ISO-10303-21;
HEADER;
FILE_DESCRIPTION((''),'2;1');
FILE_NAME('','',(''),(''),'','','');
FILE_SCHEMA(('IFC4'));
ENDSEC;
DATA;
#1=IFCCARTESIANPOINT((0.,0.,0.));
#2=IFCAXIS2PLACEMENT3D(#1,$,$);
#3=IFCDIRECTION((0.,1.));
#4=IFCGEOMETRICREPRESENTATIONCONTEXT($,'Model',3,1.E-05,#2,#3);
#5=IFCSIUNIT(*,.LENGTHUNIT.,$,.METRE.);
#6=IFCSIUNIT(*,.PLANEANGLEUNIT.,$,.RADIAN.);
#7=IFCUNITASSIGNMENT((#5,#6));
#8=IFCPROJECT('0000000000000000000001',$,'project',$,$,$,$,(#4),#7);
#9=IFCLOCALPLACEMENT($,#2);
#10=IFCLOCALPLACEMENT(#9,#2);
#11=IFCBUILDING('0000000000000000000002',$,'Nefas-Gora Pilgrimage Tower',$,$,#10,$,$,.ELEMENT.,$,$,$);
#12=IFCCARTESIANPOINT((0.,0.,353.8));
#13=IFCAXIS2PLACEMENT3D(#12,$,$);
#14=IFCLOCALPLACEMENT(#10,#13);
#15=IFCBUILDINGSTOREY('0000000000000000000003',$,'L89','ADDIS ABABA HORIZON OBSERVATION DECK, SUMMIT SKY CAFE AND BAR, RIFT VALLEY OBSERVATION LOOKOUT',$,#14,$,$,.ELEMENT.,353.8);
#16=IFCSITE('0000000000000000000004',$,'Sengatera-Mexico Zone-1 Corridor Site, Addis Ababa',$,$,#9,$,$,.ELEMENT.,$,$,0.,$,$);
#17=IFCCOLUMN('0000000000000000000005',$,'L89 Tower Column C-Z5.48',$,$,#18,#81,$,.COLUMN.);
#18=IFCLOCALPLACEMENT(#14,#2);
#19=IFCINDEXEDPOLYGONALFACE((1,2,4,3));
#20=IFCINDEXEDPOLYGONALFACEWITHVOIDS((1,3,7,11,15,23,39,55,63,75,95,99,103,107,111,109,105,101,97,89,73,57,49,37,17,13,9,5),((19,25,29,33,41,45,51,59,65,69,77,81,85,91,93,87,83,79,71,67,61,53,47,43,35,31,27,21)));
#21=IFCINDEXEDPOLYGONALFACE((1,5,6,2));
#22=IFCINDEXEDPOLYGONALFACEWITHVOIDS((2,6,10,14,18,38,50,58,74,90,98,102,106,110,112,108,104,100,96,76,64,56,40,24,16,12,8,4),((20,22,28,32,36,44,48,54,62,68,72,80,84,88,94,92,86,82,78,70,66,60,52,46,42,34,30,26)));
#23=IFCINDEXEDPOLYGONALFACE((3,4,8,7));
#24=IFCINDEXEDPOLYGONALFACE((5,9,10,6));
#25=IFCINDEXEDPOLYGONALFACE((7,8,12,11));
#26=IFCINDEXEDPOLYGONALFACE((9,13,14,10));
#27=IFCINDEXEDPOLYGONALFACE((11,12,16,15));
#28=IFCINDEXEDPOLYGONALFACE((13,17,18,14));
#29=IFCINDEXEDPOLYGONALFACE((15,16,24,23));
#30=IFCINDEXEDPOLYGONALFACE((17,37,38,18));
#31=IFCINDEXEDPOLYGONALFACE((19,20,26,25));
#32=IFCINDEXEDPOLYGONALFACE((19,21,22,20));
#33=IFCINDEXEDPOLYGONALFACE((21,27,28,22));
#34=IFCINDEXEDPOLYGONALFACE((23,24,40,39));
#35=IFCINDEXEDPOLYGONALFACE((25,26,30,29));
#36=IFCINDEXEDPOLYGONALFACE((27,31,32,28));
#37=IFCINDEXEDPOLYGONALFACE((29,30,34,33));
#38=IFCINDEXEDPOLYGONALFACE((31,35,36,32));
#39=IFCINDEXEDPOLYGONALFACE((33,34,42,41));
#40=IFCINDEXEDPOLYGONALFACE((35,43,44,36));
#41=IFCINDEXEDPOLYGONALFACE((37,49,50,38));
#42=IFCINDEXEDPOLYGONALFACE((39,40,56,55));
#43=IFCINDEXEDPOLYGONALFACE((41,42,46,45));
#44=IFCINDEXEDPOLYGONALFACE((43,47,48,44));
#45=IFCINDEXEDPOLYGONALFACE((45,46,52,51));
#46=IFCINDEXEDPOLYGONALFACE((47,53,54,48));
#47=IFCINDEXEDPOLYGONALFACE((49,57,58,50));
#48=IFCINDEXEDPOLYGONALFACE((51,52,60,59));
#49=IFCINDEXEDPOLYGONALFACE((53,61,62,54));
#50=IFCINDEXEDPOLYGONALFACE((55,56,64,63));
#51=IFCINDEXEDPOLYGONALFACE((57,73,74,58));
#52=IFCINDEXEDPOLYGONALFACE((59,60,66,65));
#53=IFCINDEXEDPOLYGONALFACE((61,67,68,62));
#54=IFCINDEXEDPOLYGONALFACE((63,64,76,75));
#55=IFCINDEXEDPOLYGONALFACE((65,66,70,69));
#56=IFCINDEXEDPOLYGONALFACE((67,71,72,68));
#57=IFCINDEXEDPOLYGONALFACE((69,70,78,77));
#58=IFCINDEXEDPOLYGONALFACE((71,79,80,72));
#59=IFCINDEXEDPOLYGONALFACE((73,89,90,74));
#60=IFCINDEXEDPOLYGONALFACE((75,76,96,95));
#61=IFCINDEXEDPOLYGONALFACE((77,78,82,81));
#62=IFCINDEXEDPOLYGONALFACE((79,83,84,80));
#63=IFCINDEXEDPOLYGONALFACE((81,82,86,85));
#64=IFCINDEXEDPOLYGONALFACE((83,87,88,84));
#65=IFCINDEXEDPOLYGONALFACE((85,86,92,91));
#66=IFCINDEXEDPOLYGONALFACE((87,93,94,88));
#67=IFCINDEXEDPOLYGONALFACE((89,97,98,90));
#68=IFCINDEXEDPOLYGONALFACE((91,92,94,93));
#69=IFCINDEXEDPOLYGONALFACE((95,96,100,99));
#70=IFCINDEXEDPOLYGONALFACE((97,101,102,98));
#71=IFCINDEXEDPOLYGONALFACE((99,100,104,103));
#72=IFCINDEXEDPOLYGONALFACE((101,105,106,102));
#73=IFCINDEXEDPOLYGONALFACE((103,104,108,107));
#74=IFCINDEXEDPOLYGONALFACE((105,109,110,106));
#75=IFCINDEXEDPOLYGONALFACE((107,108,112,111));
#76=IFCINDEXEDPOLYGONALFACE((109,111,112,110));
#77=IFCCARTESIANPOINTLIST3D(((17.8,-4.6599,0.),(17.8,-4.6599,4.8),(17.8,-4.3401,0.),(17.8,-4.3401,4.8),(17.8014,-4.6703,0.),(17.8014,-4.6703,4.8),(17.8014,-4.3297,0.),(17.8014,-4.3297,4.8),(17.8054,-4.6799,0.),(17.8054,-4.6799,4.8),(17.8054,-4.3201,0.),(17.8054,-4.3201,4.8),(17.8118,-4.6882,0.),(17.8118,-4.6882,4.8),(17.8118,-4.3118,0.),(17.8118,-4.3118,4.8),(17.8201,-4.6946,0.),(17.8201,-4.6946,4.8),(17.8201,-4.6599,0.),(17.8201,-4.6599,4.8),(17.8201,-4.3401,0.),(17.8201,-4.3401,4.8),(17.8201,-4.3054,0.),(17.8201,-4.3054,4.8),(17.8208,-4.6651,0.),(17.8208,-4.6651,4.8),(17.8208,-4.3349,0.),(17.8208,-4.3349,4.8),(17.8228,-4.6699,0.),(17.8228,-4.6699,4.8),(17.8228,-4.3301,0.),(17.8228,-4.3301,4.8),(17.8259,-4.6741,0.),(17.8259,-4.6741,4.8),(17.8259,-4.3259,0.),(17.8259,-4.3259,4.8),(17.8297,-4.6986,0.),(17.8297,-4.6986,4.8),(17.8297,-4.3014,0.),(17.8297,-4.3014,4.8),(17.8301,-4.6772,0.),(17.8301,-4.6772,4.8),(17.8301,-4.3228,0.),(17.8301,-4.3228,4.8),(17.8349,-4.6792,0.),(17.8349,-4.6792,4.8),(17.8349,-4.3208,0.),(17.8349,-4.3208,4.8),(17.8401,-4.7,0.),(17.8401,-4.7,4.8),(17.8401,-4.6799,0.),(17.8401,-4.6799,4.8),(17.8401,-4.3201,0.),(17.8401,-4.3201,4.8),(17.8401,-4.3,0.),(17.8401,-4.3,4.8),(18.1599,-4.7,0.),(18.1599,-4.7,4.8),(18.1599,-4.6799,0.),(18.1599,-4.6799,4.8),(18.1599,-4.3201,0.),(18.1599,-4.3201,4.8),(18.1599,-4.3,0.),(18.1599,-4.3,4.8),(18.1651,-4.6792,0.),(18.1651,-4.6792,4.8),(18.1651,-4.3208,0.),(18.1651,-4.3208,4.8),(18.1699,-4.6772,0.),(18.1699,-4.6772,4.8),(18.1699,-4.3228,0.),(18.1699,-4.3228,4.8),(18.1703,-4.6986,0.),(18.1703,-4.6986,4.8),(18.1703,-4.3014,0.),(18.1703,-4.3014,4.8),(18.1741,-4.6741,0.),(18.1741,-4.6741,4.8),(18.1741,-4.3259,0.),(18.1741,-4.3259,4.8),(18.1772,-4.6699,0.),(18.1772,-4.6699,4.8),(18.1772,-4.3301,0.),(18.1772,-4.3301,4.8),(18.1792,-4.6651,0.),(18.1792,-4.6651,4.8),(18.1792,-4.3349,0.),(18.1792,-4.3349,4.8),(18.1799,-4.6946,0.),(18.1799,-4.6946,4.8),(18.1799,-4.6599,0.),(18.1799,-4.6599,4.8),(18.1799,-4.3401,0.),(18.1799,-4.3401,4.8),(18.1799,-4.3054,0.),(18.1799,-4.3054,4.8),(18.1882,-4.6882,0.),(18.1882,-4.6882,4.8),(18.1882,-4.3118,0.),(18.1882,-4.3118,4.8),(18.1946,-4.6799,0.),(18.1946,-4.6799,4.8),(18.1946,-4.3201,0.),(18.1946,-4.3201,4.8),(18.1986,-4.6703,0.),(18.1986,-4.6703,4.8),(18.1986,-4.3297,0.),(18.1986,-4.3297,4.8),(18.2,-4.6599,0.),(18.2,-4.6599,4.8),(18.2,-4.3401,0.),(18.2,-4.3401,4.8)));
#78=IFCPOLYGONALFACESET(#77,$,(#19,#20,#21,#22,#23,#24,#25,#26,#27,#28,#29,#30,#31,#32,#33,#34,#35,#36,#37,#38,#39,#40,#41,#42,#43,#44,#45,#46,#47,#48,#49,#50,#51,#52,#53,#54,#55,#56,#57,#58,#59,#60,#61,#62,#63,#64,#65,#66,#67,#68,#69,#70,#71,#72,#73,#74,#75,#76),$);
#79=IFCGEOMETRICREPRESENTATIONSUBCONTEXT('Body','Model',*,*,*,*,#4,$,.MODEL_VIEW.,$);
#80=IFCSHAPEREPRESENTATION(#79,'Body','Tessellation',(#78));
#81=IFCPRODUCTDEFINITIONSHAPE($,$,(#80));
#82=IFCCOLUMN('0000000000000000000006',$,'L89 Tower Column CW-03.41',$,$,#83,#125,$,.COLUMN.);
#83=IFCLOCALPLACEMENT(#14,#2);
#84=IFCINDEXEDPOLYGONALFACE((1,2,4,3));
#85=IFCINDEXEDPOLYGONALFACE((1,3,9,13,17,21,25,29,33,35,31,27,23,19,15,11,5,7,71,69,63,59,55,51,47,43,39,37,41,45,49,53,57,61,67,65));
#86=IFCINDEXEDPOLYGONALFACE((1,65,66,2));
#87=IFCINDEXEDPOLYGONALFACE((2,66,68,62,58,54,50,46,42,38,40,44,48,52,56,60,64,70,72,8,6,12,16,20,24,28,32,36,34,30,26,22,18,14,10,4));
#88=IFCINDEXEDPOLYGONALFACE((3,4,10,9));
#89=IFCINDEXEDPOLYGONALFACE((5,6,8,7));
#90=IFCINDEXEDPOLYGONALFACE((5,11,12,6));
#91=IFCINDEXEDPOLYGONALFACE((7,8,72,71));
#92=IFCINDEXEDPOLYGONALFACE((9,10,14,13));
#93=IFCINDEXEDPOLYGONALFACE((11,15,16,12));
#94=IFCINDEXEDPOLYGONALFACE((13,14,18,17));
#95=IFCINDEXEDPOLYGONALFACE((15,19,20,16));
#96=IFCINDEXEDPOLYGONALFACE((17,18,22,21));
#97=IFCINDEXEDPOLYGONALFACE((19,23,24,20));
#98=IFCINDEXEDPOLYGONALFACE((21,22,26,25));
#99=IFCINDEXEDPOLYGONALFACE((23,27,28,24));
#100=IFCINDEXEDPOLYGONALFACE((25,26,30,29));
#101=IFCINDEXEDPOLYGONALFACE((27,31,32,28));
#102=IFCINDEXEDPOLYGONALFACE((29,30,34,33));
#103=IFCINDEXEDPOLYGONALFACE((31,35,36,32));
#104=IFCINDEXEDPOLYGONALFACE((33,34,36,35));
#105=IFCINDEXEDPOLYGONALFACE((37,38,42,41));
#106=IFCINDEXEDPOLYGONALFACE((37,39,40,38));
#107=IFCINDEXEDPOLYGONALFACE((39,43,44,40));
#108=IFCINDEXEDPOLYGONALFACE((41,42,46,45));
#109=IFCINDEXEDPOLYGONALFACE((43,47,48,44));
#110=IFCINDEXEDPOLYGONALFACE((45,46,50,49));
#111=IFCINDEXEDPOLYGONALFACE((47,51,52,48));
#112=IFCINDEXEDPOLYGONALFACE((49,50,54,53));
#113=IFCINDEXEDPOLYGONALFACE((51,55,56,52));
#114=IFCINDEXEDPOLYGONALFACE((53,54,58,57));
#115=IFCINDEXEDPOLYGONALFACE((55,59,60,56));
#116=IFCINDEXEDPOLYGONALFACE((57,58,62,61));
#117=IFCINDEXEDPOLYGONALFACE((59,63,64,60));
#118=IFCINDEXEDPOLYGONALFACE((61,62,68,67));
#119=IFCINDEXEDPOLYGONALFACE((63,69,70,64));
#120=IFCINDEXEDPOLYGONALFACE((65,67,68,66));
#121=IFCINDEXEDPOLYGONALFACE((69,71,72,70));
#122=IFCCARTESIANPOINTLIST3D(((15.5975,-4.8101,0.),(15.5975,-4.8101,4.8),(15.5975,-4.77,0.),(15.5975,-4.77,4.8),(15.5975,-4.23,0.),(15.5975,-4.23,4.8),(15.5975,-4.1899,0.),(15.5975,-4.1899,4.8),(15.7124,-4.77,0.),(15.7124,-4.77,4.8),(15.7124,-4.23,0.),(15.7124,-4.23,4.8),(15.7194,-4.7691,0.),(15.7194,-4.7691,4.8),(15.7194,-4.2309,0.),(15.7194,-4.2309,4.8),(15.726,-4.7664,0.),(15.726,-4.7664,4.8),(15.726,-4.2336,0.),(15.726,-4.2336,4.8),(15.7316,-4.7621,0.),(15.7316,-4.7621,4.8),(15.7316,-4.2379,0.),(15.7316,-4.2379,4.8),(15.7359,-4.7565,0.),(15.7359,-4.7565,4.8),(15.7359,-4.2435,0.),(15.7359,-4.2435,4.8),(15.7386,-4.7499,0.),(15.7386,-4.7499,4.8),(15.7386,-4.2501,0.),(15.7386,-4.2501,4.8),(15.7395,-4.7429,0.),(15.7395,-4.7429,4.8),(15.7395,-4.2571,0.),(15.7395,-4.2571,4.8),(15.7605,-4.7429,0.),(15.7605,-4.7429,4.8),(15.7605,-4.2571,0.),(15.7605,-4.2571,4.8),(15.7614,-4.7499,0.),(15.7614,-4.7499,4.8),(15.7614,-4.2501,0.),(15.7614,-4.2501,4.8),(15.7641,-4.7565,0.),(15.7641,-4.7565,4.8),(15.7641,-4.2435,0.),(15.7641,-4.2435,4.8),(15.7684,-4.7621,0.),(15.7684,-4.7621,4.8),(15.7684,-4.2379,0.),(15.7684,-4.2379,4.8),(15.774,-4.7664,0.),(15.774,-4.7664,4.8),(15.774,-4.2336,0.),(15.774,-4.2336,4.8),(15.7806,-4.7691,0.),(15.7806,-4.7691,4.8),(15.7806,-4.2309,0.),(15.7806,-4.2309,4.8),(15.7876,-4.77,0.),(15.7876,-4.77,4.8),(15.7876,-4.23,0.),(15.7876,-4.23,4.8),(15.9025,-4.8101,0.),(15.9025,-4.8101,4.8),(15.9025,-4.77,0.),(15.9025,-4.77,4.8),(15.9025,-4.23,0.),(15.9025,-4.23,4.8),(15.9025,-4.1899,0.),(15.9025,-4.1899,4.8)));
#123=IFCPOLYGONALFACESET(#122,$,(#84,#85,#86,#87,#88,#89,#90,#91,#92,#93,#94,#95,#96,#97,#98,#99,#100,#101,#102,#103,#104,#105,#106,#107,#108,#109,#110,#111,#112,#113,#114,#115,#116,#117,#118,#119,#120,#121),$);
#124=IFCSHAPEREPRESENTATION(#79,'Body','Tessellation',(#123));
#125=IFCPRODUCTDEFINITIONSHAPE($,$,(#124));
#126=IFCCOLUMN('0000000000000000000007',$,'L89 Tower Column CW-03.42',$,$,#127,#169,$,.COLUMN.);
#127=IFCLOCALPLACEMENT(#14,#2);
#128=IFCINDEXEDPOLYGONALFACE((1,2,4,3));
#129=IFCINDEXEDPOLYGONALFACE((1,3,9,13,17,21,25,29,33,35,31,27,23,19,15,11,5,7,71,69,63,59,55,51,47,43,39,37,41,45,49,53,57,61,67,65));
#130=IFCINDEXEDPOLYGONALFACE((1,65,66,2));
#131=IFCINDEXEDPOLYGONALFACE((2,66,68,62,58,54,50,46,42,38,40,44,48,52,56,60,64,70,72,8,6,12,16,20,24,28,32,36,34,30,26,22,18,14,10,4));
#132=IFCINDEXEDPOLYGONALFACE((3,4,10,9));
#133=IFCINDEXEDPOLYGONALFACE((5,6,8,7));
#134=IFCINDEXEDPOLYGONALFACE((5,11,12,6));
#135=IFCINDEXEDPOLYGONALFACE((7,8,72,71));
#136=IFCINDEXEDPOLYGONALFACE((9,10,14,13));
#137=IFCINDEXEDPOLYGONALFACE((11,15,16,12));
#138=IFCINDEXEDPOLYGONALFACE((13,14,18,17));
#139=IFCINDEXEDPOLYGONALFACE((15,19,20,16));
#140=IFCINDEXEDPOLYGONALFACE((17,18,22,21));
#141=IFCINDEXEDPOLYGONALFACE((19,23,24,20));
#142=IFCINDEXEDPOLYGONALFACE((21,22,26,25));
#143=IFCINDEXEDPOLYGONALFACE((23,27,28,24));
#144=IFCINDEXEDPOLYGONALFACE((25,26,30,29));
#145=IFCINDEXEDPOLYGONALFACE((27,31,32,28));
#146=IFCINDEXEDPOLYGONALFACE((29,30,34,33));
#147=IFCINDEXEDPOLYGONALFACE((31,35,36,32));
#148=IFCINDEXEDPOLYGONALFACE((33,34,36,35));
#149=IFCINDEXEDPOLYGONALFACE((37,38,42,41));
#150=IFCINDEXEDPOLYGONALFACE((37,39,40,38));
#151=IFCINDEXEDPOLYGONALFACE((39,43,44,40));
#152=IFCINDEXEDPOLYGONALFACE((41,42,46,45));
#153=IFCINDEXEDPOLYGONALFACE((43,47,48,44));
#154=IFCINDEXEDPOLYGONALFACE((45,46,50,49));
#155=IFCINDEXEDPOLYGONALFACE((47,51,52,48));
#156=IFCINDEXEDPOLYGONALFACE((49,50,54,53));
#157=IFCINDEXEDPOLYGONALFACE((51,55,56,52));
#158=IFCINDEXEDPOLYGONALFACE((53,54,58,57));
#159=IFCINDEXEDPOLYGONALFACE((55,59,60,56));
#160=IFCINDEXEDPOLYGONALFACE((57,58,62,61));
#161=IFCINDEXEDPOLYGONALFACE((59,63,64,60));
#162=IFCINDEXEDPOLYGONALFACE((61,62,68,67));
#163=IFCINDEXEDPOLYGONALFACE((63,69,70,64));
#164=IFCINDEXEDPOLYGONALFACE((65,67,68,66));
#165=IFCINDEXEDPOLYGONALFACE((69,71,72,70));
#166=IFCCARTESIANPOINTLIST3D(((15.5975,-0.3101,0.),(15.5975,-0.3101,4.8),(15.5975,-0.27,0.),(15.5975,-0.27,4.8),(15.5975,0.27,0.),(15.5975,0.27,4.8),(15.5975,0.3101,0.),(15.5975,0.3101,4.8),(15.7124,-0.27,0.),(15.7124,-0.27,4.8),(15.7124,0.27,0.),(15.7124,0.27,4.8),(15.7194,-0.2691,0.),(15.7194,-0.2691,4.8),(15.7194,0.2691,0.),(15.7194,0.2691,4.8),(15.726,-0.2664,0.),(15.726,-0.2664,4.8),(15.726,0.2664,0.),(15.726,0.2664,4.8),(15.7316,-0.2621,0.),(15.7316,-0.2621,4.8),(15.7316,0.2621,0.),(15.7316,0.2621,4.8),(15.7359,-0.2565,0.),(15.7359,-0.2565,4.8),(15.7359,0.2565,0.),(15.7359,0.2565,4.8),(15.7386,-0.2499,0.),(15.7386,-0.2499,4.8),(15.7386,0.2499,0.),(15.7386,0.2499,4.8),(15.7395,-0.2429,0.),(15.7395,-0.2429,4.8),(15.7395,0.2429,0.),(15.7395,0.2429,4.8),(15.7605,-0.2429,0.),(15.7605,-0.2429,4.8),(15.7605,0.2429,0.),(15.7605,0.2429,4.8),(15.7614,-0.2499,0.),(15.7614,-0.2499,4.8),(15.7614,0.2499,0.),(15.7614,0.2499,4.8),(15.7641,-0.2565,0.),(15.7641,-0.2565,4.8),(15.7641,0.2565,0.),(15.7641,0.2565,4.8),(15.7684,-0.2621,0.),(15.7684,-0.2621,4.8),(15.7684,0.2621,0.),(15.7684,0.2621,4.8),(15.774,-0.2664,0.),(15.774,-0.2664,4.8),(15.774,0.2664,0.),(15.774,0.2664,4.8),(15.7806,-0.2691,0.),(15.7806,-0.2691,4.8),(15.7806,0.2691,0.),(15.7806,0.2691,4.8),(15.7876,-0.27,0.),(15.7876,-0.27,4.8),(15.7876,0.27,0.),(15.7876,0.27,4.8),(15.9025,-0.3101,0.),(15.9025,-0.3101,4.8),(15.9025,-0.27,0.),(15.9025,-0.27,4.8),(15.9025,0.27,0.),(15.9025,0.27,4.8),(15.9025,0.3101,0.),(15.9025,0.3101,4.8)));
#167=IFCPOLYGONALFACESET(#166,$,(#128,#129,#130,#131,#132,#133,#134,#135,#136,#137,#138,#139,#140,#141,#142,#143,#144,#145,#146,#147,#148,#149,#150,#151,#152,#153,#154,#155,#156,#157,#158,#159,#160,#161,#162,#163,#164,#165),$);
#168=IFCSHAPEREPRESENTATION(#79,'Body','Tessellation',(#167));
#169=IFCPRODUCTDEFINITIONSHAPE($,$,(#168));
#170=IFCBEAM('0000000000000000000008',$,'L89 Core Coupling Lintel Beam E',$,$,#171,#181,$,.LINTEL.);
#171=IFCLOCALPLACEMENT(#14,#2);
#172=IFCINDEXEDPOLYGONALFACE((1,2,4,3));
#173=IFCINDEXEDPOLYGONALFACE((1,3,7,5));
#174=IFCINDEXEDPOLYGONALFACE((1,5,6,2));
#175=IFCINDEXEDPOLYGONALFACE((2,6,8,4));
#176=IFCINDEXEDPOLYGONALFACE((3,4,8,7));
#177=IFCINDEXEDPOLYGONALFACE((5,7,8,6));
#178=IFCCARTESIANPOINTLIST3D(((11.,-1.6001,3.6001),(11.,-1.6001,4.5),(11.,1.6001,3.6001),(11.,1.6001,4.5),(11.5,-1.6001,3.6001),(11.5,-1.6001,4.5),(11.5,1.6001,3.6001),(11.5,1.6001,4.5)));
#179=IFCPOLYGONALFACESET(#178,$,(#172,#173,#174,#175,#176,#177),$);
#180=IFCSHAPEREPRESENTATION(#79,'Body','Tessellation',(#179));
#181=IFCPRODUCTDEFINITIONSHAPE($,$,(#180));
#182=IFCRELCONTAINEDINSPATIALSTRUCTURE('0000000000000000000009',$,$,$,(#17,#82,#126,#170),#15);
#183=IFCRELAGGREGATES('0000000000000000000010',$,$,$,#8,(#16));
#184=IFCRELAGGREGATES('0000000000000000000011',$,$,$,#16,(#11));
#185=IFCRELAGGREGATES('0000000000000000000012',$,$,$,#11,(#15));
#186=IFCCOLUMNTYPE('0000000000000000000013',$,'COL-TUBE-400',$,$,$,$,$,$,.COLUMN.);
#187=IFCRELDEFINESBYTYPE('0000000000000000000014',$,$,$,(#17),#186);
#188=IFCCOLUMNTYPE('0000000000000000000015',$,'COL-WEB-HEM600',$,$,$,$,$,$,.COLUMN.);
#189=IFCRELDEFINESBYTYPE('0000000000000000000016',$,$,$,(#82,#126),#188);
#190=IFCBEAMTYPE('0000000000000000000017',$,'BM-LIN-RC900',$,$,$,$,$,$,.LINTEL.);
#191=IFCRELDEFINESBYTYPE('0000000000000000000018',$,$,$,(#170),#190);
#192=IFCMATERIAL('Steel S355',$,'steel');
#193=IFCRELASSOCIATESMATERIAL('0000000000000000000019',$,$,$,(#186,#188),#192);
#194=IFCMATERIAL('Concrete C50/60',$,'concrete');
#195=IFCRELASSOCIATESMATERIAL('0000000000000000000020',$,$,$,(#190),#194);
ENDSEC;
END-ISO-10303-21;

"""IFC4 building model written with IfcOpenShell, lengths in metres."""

from ifc_helpers import new_model, si_unit, direction, frame, origin, origin_2d, place, context, subcontext, project, spatial, rectangle, hollow_rectangle, i_section, extrude, source, transform, mapped, material, material_profile, profile_set, type_object, element, save


model = new_model("IFC4")

# Units and contexts
model_context = context("Model", 3, precision=1e-05, world=origin(), true_north=direction((0.0, 1.0)))
body_context = subcontext(model_context, "Body", "Model", "MODEL_VIEW")
ifc_project = project(units=[si_unit("LENGTHUNIT", "METRE"), si_unit("PLANEANGLEUNIT", "RADIAN")], contexts=[model_context])

# Site, building, storey
site_placement = place(None, origin())
site = spatial("IfcSite", under=ifc_project, at=site_placement, Name="Sengatera-Mexico Zone-1 Corridor Site, Addis Ababa", CompositionType="ELEMENT", RefElevation=0.0)
building_placement = place(site_placement, origin())
building = spatial("IfcBuilding", under=site, at=building_placement, Name="Nefas-Gora Pilgrimage Tower", CompositionType="ELEMENT")
storey_placement = place(building_placement, frame((0.0, 0.0, 353.8)))
storey = spatial("IfcBuildingStorey", under=building, at=storey_placement, Name="L89", Description="ADDIS ABABA HORIZON OBSERVATION DECK, SUMMIT SKY CAFE AND BAR, RIFT VALLEY OBSERVATION LOOKOUT", CompositionType="ELEMENT", Elevation=353.8)

# Columns
ifc_material_1 = material(Name="Steel S355", Category="steel")
ifc_material_profile_1 = material_profile(ifc_material_1, hollow_rectangle(XDim=0.3999, YDim=0.3999, WallThickness=0.02, InnerFilletRadius=0.02, OuterFilletRadius=0.04, at=origin_2d()), Name="SHS 400x400x20")
ifc_profile_set_1 = profile_set([ifc_material_profile_1], Name="Steel S355")
column_type_1 = type_object("IfcColumnType", Name="COL-TUBE-400", PredefinedType="COLUMN", material=ifc_profile_set_1)
shared_shape_1 = source(origin(), body_context, "Body", "SweptSolid", [
    extrude(hollow_rectangle(XDim=0.3999, YDim=0.3999, WallThickness=0.02, InnerFilletRadius=0.02, OuterFilletRadius=0.04, at=origin_2d()), origin(), (0.0, 0.0, 1.0), 4.8),
])
column_placement = place(storey_placement, frame((18.0, -4.5, 0.0), z_axis=(0.0, 0.0, 1.0), x_axis=(1.0, 0.0, 0.0)))
element("IfcColumn", 1, at=column_placement, inside=storey, type_object=column_type_1, Name="L89 Tower Column C-Z5.48", PredefinedType="COLUMN", context=body_context, shape_type="MappedRepresentation", body=[
    mapped(shared_shape_1, transform((0.0, 0.0, 0.0), x_axis=(1.0, 0.0, 0.0), y_axis=(0.0, 1.0, 0.0), z_axis=(0.0, 0.0, 1.0), scale=1.0)),
])
ifc_material_profile_2 = material_profile(ifc_material_1, i_section(OverallWidth=0.3049, OverallDepth=0.6201, WebThickness=0.021, FlangeThickness=0.04, FilletRadius=0.0271, at=origin_2d()), Name="HEM 600")
ifc_profile_set_2 = profile_set([ifc_material_profile_2], Name="Steel S355")
column_type_2 = type_object("IfcColumnType", Name="COL-WEB-HEM600", PredefinedType="COLUMN", material=ifc_profile_set_2)
shared_shape_2 = source(origin(), body_context, "Body", "SweptSolid", [
    extrude(i_section(OverallWidth=0.3049, OverallDepth=0.6201, WebThickness=0.021, FlangeThickness=0.04, FilletRadius=0.0271, at=origin_2d()), origin(), (0.0, 0.0, 1.0), 4.8),
])
for number, where, z_axis, x_axis, name in (
    (2, (15.75, -4.5, 0.0), (0.0, 0.0, 1.0), (1.0, 0.0, 0.0), "L89 Tower Column CW-03.41"),
    (3, (15.75, 0.0, 0.0), (0.0, 0.0, 1.0), (1.0, 0.0, 0.0), "L89 Tower Column CW-03.42"),
):
    element("IfcColumn", number, at=place(storey_placement, frame(where, z_axis=z_axis, x_axis=x_axis)), inside=storey, type_object=column_type_2, Name=name, PredefinedType="COLUMN", context=body_context, shape_type="MappedRepresentation", body=[
        mapped(shared_shape_2, transform((0.0, 0.0, 0.0), x_axis=(1.0, 0.0, 0.0), y_axis=(0.0, 1.0, 0.0), z_axis=(0.0, 0.0, 1.0), scale=1.0)),
    ])

# Beam
ifc_material_2 = material(Name="Concrete C50/60", Category="concrete")
ifc_material_profile_3 = material_profile(ifc_material_2, rectangle(XDim=0.5, YDim=0.8999, at=origin_2d()), Name="RC 500x900")
ifc_profile_set_3 = profile_set([ifc_material_profile_3], Name="Concrete C50/60")
beam_type_1 = type_object("IfcBeamType", Name="BM-LIN-RC900", PredefinedType="LINTEL", material=ifc_profile_set_3)
shared_shape_3 = source(origin(), body_context, "Body", "SweptSolid", [
    extrude(rectangle(XDim=0.5, YDim=0.8999, at=origin_2d()), origin(), (0.0, 0.0, 1.0), 3.2002),
])
beam_1_placement = place(storey_placement, frame((11.25, -1.6001, 4.05), z_axis=(0.0, 1.0, 0.0), x_axis=(-1.0, 0.0, 0.0)))
element("IfcBeam", 4, at=beam_1_placement, inside=storey, type_object=beam_type_1, Name="L89 Core Coupling Lintel Beam E", PredefinedType="LINTEL", context=body_context, shape_type="MappedRepresentation", body=[
    mapped(shared_shape_3, transform((0.0, 0.0, 0.0), x_axis=(1.0, 0.0, 0.0), y_axis=(0.0, 1.0, 0.0), z_axis=(0.0, 0.0, 1.0), scale=1.0)),
])

save(model, "model.ifc")
